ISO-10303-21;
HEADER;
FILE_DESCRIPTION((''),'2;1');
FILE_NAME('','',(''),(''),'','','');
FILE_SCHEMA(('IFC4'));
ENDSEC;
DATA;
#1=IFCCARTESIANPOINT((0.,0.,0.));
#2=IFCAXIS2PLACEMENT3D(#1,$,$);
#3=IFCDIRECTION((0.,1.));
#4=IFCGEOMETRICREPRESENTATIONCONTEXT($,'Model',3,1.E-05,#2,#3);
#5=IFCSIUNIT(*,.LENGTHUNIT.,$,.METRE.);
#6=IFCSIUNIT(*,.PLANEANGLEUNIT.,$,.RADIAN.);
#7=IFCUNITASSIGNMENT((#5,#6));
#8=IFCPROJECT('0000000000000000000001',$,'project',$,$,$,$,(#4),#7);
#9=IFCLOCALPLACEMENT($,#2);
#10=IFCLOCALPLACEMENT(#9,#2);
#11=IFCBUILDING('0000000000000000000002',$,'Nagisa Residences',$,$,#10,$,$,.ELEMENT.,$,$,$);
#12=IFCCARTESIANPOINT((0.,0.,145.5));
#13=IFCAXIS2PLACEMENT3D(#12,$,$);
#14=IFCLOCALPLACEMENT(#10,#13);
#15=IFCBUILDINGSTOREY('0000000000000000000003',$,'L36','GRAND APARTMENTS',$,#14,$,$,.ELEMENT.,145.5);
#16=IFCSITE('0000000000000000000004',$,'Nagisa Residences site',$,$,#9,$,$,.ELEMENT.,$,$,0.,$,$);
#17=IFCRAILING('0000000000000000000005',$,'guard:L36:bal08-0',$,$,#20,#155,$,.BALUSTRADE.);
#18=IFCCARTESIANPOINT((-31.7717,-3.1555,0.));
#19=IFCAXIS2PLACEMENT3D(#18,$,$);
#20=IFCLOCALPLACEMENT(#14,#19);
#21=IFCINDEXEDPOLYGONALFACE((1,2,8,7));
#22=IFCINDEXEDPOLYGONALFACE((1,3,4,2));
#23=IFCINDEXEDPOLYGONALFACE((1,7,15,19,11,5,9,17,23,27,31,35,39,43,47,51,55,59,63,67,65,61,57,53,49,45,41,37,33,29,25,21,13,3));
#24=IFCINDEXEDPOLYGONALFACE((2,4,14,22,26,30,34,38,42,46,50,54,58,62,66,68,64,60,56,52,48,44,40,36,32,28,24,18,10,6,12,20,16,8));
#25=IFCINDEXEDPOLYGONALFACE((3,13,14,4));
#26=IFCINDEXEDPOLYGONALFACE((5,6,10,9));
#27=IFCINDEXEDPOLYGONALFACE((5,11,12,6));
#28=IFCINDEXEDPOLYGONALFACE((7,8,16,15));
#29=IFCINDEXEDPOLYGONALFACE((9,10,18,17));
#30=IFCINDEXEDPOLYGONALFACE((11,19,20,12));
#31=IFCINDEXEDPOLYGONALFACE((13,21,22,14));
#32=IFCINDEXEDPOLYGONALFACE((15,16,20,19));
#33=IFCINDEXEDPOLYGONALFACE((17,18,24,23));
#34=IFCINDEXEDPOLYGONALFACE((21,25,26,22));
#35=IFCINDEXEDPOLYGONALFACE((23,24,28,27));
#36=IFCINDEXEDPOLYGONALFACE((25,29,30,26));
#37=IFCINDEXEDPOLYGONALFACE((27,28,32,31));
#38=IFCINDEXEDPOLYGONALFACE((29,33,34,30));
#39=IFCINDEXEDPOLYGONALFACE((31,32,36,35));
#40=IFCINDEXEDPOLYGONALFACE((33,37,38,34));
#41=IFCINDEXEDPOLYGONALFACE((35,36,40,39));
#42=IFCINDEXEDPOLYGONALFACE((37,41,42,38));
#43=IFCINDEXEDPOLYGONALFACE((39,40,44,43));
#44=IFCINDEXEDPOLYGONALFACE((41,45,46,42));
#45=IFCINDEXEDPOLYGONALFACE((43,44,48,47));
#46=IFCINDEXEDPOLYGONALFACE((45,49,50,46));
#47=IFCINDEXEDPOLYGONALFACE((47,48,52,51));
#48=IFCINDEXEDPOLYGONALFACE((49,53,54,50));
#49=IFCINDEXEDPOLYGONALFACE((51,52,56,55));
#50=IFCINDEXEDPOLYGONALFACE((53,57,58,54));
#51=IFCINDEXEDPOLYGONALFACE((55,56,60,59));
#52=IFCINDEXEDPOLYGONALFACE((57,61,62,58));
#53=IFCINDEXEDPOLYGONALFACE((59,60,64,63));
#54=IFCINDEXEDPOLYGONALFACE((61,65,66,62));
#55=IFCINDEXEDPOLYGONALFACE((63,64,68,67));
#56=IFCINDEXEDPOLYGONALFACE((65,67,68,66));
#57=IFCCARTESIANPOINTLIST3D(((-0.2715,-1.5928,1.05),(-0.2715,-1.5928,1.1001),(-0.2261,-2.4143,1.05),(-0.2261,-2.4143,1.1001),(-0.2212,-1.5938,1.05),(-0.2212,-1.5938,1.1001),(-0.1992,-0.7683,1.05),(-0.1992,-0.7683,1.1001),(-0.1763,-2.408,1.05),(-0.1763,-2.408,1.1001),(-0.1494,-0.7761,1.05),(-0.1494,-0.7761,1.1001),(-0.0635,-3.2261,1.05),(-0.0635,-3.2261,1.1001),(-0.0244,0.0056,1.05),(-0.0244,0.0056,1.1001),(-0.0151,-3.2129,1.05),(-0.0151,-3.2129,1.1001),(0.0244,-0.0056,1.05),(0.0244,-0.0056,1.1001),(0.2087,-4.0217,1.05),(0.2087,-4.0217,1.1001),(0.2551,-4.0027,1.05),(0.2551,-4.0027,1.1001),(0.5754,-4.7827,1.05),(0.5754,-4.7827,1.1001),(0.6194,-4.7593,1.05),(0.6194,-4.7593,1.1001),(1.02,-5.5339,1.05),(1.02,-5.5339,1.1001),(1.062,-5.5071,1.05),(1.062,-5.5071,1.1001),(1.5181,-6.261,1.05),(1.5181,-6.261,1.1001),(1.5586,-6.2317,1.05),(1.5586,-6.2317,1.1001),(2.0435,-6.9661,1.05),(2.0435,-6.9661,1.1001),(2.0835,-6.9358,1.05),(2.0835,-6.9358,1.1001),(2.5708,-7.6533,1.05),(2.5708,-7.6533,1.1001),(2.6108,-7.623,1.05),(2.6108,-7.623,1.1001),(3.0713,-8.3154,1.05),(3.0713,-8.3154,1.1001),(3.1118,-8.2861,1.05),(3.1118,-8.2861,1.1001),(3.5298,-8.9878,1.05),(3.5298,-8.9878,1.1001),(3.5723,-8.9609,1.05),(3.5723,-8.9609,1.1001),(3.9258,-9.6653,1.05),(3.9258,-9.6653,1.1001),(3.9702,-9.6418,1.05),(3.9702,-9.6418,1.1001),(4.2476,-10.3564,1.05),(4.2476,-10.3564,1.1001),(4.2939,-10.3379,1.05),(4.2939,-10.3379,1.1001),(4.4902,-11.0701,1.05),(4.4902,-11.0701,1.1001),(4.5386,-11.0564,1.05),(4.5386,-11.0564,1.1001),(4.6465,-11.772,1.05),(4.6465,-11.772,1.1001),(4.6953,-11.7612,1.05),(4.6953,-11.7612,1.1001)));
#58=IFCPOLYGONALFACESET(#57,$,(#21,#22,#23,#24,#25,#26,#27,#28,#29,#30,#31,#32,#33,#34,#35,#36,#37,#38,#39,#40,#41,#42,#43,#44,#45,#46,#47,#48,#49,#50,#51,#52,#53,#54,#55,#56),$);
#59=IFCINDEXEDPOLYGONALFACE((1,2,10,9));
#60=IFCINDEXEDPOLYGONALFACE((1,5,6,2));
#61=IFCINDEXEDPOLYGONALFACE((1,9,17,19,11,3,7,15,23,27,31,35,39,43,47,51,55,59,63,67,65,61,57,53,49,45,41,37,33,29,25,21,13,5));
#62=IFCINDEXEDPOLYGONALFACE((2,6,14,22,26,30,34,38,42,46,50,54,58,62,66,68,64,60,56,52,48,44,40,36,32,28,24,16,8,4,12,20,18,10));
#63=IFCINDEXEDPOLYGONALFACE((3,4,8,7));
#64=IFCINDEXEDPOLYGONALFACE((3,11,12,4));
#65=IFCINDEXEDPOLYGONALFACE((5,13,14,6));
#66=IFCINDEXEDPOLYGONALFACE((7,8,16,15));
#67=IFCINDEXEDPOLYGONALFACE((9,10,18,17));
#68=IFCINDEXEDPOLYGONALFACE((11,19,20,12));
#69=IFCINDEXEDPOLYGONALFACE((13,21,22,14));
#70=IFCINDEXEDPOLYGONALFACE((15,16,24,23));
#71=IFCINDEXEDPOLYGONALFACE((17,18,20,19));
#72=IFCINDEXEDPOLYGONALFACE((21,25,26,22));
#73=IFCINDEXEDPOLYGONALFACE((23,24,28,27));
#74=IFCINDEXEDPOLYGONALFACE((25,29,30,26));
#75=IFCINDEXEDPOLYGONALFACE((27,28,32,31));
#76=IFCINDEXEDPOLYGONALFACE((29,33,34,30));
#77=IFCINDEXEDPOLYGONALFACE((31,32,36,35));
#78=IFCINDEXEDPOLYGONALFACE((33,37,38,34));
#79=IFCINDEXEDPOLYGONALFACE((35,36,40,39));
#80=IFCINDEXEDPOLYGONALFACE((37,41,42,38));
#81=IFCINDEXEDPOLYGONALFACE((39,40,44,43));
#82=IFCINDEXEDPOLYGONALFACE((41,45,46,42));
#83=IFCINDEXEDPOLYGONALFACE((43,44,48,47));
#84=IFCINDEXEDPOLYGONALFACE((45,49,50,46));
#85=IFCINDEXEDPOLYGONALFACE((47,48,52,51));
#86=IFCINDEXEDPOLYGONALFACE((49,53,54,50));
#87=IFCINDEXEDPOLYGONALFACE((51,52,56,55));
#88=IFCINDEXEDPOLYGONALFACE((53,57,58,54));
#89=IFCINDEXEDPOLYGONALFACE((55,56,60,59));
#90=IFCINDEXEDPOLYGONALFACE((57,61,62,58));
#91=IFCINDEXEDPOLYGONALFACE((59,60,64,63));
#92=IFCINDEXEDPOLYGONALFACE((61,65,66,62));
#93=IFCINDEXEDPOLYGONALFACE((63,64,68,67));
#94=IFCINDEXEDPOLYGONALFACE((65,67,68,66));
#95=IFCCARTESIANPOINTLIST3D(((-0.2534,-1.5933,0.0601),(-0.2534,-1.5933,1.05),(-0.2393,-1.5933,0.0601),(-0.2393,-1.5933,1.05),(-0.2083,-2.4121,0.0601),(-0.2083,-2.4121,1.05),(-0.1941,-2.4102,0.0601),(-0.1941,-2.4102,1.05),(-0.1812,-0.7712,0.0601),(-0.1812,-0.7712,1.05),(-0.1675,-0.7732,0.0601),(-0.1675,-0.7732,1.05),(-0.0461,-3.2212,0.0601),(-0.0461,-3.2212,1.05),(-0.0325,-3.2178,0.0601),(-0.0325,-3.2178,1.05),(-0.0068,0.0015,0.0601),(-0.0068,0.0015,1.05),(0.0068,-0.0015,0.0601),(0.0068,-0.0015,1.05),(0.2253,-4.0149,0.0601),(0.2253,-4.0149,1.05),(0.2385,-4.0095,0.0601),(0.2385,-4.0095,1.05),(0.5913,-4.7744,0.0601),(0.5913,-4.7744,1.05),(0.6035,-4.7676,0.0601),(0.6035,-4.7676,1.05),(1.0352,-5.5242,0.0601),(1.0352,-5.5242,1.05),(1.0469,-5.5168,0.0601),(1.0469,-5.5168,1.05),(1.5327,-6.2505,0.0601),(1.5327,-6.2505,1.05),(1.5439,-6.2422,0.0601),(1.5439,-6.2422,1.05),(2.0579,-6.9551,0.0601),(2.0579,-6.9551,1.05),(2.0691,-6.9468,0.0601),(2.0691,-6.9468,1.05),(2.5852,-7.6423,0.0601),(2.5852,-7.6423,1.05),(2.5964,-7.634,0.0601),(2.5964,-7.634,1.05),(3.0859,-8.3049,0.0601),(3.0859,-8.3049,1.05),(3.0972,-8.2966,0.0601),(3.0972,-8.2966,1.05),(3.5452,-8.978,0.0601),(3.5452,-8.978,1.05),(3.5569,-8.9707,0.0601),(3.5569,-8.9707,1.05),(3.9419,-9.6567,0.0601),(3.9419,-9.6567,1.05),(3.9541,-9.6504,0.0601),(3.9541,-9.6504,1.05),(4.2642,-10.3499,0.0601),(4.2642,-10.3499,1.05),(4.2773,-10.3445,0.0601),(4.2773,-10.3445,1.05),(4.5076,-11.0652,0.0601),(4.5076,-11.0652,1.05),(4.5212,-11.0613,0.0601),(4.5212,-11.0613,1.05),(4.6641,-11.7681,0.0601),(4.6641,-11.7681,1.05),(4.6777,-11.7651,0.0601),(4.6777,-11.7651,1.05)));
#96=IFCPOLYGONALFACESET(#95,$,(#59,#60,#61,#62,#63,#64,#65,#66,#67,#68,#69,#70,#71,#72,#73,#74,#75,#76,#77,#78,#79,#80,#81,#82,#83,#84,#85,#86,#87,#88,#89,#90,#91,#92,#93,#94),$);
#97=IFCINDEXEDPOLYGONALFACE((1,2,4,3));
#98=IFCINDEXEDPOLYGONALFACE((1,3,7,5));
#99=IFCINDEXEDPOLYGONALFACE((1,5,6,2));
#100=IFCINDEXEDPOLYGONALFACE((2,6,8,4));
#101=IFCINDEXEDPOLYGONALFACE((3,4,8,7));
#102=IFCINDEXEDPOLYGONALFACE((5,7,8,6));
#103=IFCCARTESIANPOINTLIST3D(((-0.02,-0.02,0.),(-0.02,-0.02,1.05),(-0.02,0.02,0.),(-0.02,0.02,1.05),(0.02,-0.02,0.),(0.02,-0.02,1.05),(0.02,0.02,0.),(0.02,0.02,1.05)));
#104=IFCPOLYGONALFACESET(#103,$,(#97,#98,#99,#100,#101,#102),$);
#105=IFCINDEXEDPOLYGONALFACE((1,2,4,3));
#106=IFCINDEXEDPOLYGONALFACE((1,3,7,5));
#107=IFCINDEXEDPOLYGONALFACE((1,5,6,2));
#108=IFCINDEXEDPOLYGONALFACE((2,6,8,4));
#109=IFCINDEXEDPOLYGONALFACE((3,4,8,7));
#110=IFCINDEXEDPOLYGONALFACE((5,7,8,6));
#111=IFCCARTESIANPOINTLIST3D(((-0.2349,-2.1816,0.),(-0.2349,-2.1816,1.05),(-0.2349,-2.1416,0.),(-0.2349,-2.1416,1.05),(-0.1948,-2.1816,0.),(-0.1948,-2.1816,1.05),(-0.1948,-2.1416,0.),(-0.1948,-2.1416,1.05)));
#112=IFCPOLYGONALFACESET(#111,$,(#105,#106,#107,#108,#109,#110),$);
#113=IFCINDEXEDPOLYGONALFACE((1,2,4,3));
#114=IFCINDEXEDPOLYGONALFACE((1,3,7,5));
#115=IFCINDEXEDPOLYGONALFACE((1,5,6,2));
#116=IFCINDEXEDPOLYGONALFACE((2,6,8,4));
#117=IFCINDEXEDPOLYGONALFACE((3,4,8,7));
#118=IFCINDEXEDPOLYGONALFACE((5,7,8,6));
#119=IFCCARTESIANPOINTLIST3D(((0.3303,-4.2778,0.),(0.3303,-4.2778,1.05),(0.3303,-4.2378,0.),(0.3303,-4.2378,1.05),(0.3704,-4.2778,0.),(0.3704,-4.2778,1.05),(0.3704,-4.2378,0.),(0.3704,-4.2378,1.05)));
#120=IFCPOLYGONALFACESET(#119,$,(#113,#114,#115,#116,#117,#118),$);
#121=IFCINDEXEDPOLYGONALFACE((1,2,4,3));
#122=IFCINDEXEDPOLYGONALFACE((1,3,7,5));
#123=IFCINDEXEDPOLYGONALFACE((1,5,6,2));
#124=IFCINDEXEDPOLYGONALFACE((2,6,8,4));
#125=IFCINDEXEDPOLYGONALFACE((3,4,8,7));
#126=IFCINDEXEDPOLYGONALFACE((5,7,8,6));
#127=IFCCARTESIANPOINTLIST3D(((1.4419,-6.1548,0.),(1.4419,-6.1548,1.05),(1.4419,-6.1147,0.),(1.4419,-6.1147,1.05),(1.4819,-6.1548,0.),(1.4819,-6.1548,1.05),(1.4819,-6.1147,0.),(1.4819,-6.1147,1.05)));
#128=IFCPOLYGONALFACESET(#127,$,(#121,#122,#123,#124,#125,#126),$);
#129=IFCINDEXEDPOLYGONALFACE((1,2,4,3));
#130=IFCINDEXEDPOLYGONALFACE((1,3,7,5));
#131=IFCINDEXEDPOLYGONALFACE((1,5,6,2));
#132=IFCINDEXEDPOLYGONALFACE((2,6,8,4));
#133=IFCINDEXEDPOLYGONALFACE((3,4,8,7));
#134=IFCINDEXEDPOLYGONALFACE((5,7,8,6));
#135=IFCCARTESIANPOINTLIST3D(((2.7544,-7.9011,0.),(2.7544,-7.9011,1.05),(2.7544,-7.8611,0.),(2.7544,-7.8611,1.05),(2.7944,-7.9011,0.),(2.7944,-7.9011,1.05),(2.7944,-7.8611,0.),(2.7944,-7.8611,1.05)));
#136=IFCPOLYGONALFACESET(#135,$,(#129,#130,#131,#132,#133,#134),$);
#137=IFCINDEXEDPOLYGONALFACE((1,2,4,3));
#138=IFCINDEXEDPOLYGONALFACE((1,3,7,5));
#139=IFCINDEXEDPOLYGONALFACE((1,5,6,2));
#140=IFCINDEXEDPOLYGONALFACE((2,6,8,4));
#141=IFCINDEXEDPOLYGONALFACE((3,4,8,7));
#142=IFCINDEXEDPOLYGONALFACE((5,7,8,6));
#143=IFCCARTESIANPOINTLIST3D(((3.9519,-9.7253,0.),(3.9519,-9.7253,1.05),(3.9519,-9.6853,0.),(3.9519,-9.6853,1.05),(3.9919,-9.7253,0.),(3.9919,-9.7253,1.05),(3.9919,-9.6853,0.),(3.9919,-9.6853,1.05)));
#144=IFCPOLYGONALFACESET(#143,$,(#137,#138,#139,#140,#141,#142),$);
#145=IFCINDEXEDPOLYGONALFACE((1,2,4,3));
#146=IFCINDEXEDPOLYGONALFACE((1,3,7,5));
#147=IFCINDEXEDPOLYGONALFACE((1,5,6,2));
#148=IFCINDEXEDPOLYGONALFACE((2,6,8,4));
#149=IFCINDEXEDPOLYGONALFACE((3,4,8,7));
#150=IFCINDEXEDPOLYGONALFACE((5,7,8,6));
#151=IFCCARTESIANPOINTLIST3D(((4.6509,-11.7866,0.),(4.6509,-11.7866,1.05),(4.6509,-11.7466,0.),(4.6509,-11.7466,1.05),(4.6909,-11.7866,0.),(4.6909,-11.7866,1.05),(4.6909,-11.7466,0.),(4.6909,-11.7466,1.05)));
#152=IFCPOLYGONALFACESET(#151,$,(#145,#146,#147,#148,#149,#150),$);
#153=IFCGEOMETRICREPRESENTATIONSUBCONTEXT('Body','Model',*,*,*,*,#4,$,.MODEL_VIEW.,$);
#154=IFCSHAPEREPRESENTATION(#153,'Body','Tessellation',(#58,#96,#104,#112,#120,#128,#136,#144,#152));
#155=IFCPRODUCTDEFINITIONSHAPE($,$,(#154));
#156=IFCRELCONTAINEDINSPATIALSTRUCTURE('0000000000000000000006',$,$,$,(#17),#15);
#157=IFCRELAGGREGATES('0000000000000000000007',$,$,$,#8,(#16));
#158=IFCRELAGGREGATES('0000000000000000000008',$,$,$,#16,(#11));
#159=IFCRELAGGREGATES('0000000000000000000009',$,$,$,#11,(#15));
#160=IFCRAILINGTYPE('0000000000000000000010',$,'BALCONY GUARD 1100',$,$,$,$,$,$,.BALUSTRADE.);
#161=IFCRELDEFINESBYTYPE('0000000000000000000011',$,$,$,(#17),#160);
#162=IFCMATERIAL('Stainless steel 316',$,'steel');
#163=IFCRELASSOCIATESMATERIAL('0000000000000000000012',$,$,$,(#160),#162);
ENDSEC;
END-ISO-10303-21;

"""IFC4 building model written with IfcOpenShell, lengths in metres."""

from ifc_helpers import new_model, si_unit, direction, frame, origin, origin_2d, place, context, subcontext, project, spatial, polyline, rectangle, outline, extrude, material, type_object, element, save


model = new_model("IFC4")

# Units and contexts
model_context = context("Model", 3, precision=1e-05, world=origin(), true_north=direction((0.0, 1.0)))
body_context = subcontext(model_context, "Body", "Model", "MODEL_VIEW")
ifc_project = project(units=[si_unit("LENGTHUNIT", "METRE"), si_unit("PLANEANGLEUNIT", "RADIAN")], contexts=[model_context])

# Site, building, storey
site_placement = place(None, origin())
site = spatial("IfcSite", under=ifc_project, at=site_placement, Name="Nagisa Residences site", CompositionType="ELEMENT", RefElevation=0.0)
building_placement = place(site_placement, origin())
building = spatial("IfcBuilding", under=site, at=building_placement, Name="Nagisa Residences", CompositionType="ELEMENT")
storey_placement = place(building_placement, frame((0.0, 0.0, 145.5)))
storey = spatial("IfcBuildingStorey", under=building, at=storey_placement, Name="L36", Description="GRAND APARTMENTS", CompositionType="ELEMENT", Elevation=145.5)

# Railing
ifc_material_1 = material(Name="Stainless steel 316", Category="steel")
railing_type = type_object("IfcRailingType", Name="BALCONY GUARD 1100", PredefinedType="BALUSTRADE", material=ifc_material_1)
railing_1_placement = place(storey_placement, frame((-31.7717, -3.1555, 0.0)))
element("IfcRailing", 1, at=railing_1_placement, inside=storey, type_object=railing_type, Name="guard:L36:bal08-0", PredefinedType="BALUSTRADE", context=body_context, shape_type="SweptSolid", body=[
    extrude(outline(polyline([(-0.1494, -0.7761), (0.0244, -0.0056), (-0.0244, 0.0056), (-0.1992, -0.7683), (-0.2715, -1.5928), (-0.2261, -2.4143), (-0.0635, -3.2261), (0.2087, -4.0217), (0.5754, -4.7827), (1.02, -5.5339), (1.5181, -6.261), (2.0435, -6.9661), (2.5708, -7.6533), (3.0713, -8.3154), (3.5298, -8.9878), (3.9258, -9.6653), (4.2476, -10.3564), (4.4902, -11.0701), (4.6465, -11.772), (4.6953, -11.7612), (4.5386, -11.0564), (4.2939, -10.3379), (3.9702, -9.6418), (3.5723, -8.9609), (3.1118, -8.2861), (2.6108, -7.623), (2.0835, -6.9358), (1.5586, -6.2317), (1.062, -5.5071), (0.6194, -4.7593), (0.2551, -4.0027), (-0.0151, -3.2129), (-0.1763, -2.408), (-0.2212, -1.5938), (-0.1494, -0.7761)])), frame((0.0, 0.0, 1.05)), (0.0, 0.0, 1.0), 0.05),
    extrude(outline(polyline([(-0.1675, -0.7732), (0.0068, -0.0015), (-0.0068, 0.0015), (-0.1812, -0.7712), (-0.2534, -1.5933), (-0.2083, -2.4121), (-0.0461, -3.2212), (0.2253, -4.0149), (0.5913, -4.7744), (1.0352, -5.5242), (1.5327, -6.2505), (2.0579, -6.9551), (2.5852, -7.6423), (3.0859, -8.3049), (3.5452, -8.978), (3.9419, -9.6567), (4.2642, -10.3499), (4.5076, -11.0652), (4.6641, -11.7681), (4.6777, -11.7651), (4.5212, -11.0613), (4.2773, -10.3445), (3.9541, -9.6504), (3.5569, -8.9707), (3.0972, -8.2966), (2.5964, -7.634), (2.0691, -6.9468), (1.5439, -6.2422), (1.0469, -5.5168), (0.6035, -4.7676), (0.2385, -4.0095), (-0.0325, -3.2178), (-0.1941, -2.4102), (-0.2393, -1.5933), (-0.1675, -0.7732)])), frame((0.0, 0.0, 0.0601)), (0.0, 0.0, 1.0), 0.99),
    extrude(rectangle(XDim=0.04, YDim=0.04, at=origin_2d()), origin(), (0.0, 0.0, 1.0), 1.05),
    extrude(rectangle(XDim=0.04, YDim=0.04, at=origin_2d()), frame((-0.2148, -2.1616, 0.0)), (0.0, 0.0, 1.0), 1.05),
    extrude(rectangle(XDim=0.04, YDim=0.04, at=origin_2d()), frame((0.3503, -4.2578, 0.0)), (0.0, 0.0, 1.0), 1.05),
    extrude(rectangle(XDim=0.04, YDim=0.04, at=origin_2d()), frame((1.4619, -6.1348, 0.0)), (0.0, 0.0, 1.0), 1.05),
    extrude(rectangle(XDim=0.04, YDim=0.04, at=origin_2d()), frame((2.7744, -7.8811, 0.0)), (0.0, 0.0, 1.0), 1.05),
    extrude(rectangle(XDim=0.04, YDim=0.04, at=origin_2d()), frame((3.9719, -9.7053, 0.0)), (0.0, 0.0, 1.0), 1.05),
    extrude(rectangle(XDim=0.04, YDim=0.04, at=origin_2d()), frame((4.6709, -11.7666, 0.0)), (0.0, 0.0, 1.0), 1.05),
])

save(model, "model.ifc")
